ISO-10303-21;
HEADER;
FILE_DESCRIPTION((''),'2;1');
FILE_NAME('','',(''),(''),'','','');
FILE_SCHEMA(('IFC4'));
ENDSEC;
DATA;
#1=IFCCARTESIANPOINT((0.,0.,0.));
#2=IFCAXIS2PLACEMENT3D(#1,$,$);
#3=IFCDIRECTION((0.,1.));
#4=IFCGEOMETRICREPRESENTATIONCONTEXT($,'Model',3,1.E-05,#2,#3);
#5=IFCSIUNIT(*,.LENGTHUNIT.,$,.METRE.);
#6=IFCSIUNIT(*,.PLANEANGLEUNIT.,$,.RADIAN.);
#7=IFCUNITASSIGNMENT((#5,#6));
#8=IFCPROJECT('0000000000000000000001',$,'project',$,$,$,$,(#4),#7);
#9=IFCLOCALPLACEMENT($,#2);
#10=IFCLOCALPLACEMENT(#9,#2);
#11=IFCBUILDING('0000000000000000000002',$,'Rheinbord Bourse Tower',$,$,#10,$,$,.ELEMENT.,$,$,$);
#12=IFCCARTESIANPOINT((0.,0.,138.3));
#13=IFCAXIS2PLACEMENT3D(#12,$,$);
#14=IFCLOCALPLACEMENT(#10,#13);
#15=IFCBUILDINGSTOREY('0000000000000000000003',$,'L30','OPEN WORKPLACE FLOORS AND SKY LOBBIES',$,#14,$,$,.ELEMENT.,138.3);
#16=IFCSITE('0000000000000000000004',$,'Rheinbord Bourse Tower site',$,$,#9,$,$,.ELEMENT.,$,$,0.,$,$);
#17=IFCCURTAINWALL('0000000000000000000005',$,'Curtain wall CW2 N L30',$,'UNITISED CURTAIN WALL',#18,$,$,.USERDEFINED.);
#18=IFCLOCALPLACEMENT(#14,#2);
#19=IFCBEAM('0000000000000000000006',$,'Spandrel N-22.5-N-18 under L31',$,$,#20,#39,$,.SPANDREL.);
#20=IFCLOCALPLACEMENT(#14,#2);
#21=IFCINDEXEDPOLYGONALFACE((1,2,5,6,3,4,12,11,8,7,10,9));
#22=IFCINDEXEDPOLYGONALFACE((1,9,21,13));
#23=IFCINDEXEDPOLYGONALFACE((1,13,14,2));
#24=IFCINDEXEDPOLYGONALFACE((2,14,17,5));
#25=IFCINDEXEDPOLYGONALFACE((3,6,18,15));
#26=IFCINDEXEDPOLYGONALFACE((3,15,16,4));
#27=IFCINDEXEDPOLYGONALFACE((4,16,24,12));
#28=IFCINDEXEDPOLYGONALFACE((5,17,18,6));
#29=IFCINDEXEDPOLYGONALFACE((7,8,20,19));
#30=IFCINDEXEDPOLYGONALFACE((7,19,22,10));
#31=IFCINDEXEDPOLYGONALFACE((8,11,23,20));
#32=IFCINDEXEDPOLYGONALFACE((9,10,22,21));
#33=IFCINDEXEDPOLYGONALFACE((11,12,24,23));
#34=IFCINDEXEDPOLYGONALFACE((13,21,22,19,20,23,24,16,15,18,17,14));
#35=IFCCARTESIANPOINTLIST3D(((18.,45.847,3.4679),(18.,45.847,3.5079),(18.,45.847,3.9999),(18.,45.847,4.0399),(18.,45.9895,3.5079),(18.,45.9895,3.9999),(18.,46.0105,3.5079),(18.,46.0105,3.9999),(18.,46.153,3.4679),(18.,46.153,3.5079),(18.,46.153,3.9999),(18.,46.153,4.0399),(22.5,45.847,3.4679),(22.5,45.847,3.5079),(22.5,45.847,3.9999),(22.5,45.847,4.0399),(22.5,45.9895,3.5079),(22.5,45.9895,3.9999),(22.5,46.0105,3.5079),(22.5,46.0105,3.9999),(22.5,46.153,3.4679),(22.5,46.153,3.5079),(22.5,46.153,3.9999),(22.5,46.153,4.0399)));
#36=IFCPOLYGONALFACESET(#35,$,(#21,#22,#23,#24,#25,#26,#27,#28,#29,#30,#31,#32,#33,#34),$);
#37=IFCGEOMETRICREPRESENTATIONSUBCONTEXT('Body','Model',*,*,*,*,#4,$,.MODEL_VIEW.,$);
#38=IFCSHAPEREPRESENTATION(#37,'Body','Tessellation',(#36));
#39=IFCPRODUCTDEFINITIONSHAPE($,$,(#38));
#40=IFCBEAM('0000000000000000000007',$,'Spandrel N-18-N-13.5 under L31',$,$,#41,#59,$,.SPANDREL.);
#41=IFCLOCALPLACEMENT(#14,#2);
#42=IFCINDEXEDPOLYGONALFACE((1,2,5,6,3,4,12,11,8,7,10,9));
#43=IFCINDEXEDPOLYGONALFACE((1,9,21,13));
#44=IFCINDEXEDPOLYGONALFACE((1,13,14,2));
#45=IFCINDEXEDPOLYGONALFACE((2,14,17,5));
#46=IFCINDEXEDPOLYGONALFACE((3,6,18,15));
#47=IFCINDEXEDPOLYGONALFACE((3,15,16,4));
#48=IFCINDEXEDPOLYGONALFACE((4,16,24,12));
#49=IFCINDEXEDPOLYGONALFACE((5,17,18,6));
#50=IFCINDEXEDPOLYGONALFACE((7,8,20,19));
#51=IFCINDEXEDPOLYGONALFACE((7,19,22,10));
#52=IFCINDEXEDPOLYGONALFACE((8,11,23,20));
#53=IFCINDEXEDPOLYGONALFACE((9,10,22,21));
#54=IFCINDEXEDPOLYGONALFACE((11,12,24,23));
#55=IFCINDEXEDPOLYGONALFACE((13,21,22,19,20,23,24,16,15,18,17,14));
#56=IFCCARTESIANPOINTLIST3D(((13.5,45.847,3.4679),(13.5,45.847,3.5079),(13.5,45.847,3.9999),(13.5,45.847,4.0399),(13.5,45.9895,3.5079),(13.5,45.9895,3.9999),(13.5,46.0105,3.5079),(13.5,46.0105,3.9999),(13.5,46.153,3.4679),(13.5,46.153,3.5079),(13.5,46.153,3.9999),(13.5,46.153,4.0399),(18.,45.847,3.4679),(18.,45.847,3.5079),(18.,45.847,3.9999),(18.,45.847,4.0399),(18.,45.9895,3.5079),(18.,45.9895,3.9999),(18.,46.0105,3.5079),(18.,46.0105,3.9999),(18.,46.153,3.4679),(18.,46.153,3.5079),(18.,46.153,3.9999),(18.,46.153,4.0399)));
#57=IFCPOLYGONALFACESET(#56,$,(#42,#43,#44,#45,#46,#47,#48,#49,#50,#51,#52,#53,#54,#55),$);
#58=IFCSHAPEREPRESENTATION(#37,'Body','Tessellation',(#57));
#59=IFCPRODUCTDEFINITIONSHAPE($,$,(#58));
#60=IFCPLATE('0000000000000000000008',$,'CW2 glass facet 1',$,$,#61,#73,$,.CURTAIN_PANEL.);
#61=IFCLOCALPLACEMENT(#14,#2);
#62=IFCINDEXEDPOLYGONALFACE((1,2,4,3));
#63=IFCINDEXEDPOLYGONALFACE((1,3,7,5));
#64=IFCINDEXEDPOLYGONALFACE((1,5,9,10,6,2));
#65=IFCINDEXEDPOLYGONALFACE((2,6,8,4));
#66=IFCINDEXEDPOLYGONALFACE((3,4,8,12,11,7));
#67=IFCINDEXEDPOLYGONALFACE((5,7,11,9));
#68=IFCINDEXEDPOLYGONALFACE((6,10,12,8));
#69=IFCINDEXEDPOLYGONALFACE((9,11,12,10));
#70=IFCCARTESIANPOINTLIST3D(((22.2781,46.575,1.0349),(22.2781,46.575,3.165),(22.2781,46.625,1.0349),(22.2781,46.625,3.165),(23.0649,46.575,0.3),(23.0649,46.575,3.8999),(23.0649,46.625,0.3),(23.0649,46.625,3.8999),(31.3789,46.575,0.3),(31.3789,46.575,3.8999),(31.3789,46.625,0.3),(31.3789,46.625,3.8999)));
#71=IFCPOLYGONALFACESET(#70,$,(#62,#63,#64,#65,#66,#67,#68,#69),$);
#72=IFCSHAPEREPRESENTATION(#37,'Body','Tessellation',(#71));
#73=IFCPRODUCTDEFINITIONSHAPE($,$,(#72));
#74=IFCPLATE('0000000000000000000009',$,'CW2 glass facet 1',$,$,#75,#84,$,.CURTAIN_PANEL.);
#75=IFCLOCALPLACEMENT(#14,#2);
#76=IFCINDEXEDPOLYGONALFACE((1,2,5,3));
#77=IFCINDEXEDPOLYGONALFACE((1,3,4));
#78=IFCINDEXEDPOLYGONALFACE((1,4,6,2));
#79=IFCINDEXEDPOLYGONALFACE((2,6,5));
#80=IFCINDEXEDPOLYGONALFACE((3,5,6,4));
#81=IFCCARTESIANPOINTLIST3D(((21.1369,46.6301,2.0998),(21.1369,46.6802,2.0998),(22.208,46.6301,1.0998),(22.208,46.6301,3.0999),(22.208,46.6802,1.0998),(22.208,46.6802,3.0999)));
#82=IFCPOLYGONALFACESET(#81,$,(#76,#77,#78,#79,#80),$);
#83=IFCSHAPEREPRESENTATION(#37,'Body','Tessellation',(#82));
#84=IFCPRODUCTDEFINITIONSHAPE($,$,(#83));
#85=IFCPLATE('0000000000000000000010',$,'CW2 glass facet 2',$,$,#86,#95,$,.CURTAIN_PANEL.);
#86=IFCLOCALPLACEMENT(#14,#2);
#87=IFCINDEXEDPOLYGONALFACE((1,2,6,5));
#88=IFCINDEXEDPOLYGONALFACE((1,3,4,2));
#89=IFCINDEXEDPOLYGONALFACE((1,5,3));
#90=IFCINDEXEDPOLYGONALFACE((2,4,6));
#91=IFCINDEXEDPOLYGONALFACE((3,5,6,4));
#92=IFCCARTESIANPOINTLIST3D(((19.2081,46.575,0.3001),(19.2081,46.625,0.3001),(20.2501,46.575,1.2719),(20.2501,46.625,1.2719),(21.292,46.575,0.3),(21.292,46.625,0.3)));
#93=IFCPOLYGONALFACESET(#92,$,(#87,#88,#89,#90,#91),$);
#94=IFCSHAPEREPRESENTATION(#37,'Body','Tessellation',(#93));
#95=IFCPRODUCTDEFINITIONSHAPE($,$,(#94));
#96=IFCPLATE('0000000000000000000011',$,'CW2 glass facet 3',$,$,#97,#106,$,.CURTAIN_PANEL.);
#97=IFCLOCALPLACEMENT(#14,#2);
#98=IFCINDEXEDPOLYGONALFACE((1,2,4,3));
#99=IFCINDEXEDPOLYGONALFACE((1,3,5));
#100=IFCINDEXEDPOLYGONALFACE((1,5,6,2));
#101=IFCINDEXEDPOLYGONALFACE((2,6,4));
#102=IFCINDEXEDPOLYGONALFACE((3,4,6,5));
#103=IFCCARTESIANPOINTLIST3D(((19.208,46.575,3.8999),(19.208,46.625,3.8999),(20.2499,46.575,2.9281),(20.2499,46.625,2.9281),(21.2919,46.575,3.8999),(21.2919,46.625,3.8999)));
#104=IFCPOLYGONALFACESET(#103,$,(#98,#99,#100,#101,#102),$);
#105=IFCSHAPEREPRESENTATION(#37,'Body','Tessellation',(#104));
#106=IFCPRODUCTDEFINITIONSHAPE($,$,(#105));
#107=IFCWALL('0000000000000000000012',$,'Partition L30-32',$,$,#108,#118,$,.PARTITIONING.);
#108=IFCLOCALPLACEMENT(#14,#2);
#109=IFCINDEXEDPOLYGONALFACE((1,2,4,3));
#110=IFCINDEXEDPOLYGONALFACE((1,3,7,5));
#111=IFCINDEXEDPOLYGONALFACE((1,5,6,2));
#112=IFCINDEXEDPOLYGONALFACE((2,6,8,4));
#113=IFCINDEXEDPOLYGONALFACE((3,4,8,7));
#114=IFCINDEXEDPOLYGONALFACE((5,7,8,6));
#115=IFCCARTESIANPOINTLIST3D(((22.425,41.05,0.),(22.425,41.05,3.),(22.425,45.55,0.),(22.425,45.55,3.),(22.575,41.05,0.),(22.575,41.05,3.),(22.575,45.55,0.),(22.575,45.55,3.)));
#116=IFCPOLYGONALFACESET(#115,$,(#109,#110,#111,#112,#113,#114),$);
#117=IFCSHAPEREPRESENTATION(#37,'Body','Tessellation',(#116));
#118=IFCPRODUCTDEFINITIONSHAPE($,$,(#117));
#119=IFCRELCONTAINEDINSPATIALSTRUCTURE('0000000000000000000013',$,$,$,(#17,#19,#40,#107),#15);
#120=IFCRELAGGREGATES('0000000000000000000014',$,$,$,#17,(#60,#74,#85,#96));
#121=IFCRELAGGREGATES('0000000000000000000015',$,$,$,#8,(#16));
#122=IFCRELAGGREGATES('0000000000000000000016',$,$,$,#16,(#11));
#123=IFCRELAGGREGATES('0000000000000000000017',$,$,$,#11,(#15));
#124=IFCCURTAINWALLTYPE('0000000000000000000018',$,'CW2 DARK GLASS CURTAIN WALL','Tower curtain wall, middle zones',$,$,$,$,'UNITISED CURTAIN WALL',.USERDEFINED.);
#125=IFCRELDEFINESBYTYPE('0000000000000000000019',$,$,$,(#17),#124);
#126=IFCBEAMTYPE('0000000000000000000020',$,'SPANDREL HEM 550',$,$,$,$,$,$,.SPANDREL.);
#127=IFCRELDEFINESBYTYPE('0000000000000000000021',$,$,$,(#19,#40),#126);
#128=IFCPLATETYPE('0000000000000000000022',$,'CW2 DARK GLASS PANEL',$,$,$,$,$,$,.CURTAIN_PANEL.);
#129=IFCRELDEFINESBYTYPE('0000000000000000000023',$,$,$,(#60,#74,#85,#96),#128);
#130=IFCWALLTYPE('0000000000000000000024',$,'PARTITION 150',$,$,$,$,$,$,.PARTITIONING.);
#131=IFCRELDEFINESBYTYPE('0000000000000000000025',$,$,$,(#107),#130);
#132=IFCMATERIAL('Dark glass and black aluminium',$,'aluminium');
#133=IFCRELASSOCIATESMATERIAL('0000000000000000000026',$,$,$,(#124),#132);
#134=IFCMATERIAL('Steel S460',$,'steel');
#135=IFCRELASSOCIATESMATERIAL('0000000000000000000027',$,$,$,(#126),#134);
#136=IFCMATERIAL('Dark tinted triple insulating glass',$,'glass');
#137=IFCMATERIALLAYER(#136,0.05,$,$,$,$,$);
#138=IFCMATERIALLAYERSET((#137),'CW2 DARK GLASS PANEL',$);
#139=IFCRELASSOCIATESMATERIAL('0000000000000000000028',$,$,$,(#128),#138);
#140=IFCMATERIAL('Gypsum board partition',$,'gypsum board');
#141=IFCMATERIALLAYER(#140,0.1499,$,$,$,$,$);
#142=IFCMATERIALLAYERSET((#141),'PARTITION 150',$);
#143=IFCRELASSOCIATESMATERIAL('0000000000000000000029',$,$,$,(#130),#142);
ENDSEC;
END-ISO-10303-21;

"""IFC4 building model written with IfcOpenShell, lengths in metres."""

from ifc_helpers import new_model, si_unit, direction, frame, frame_2d, origin, origin_2d, place, context, subcontext, project, spatial, polyline, rectangle, i_section, outline, extrude, material, layer, layer_set, material_profile, profile_set, type_object, element, aggregate, save


model = new_model("IFC4")

# Units and contexts
model_context = context("Model", 3, precision=1e-05, world=origin(), true_north=direction((0.0, 1.0)))
body_context = subcontext(model_context, "Body", "Model", "MODEL_VIEW")
ifc_project = project(units=[si_unit("LENGTHUNIT", "METRE"), si_unit("PLANEANGLEUNIT", "RADIAN")], contexts=[model_context])

# Site, building, storey
site_placement = place(None, origin())
site = spatial("IfcSite", under=ifc_project, at=site_placement, Name="Rheinbord Bourse Tower site", CompositionType="ELEMENT", RefElevation=0.0)
building_placement = place(site_placement, origin())
building = spatial("IfcBuilding", under=site, at=building_placement, Name="Rheinbord Bourse Tower", CompositionType="ELEMENT")
storey_placement = place(building_placement, frame((0.0, 0.0, 138.3)))
storey = spatial("IfcBuildingStorey", under=building, at=storey_placement, Name="L30", Description="OPEN WORKPLACE FLOORS AND SKY LOBBIES", CompositionType="ELEMENT", Elevation=138.3)

# Curtain wall
ifc_material_1 = material(Name="Dark glass and black aluminium", Category="aluminium")
curtain_wall_type = type_object("IfcCurtainWallType", Name="CW2 DARK GLASS CURTAIN WALL", Description="Tower curtain wall, middle zones", ElementType="UNITISED CURTAIN WALL", PredefinedType="USERDEFINED", material=ifc_material_1)
curtain_wall_placement = place(storey_placement, origin())
curtain_wall = element("IfcCurtainWall", 1, at=curtain_wall_placement, inside=storey, type_object=curtain_wall_type, Name="Curtain wall CW2 N L30", ObjectType="UNITISED CURTAIN WALL", PredefinedType="USERDEFINED")

# Beams
ifc_material_2 = material(Name="Steel S460", Category="steel")
ifc_material_profile_1 = material_profile(ifc_material_2, i_section(OverallWidth=0.3059, OverallDepth=0.572, WebThickness=0.021, FlangeThickness=0.04, at=origin_2d()), Name="HEM 550")
ifc_profile_set_1 = profile_set([ifc_material_profile_1], Name="Steel S460")
beam_type_1 = type_object("IfcBeamType", Name="SPANDREL HEM 550", PredefinedType="SPANDREL", material=ifc_profile_set_1)
for number, where, z_axis, x_axis, name in (
    (2, (22.5, 46.0, 3.7539), (-1.0, 0.0, 0.0), (0.0, -1.0, 0.0), "Spandrel N-22.5-N-18 under L31"),
    (3, (18.0, 46.0, 3.7539), (-1.0, 0.0, 0.0), (0.0, -1.0, 0.0), "Spandrel N-18-N-13.5 under L31"),
):
    element("IfcBeam", number, at=place(storey_placement, frame(where, z_axis=z_axis, x_axis=x_axis)), inside=storey, type_object=beam_type_1, Name=name, PredefinedType="SPANDREL", context=body_context, shape_type="SweptSolid", body=[
        extrude(i_section(OverallWidth=0.3059, OverallDepth=0.572, WebThickness=0.021, FlangeThickness=0.04, at=origin_2d()), origin(), (0.0, 0.0, 1.0), 4.5),
    ])

# Plates
ifc_material_3 = material(Name="Dark tinted triple insulating glass", Category="glass")
ifc_layer_1 = layer(ifc_material_3, 0.05)
ifc_layer_set_1 = layer_set([ifc_layer_1], Name="CW2 DARK GLASS PANEL")
plate_type = type_object("IfcPlateType", Name="CW2 DARK GLASS PANEL", PredefinedType="CURTAIN_PANEL", material=ifc_layer_set_1)
plate_1_placement = place(storey_placement, frame((31.3789, 46.625, 0.3), z_axis=(0.0, -1.0, 0.0), x_axis=(0.0, 0.0, 1.0)))
plate_1 = element("IfcPlate", 4, at=plate_1_placement, type_object=plate_type, Name="CW2 glass facet 1", PredefinedType="CURTAIN_PANEL", context=body_context, shape_type="SweptSolid", body=[
    extrude(outline(polyline([(0.0, 0.0), (3.5999, 0.0), (3.5999, 8.314), (2.865, 9.1008), (0.7349, 9.1008), (0.0, 8.314), (0.0, 0.0)])), origin(), (0.0, 0.0, 1.0), 0.05),
])
plate_2_placement = place(storey_placement, frame((22.208, 46.6802, 3.0999), z_axis=(0.0, -1.0, 0.0), x_axis=(-0.730933, 0.0, -0.682449)))
plate_2 = element("IfcPlate", 5, at=plate_2_placement, type_object=plate_type, Name="CW2 glass facet 1", PredefinedType="CURTAIN_PANEL", context=body_context, shape_type="SweptSolid", body=[
    extrude(outline(polyline([(0.0, 0.0), (1.4653, 0.0), (1.365, 1.4619), (0.0, 0.0)])), origin(), (0.0, 0.0, 1.0), 0.05),
])
plate_3_placement = place(storey_placement, frame((21.292, 46.625, 0.3), z_axis=(0.0, -1.0, 0.0), x_axis=(-0.731266, 0.0, 0.682092)))
plate_3 = element("IfcPlate", 6, at=plate_3_placement, type_object=plate_type, Name="CW2 glass facet 2", PredefinedType="CURTAIN_PANEL", context=body_context, shape_type="SweptSolid", body=[
    extrude(outline(polyline([(0.0, 0.0), (1.4248, 0.0), (1.5239, 1.4214), (0.0, 0.0)])), origin(), (0.0, 0.0, 1.0), 0.05),
])
plate_4_placement = place(storey_placement, frame((19.208, 46.625, 3.8999), z_axis=(0.0, -1.0, 0.0), x_axis=(0.731266, 0.0, -0.682092)))
plate_4 = element("IfcPlate", 7, at=plate_4_placement, type_object=plate_type, Name="CW2 glass facet 3", PredefinedType="CURTAIN_PANEL", context=body_context, shape_type="SweptSolid", body=[
    extrude(outline(polyline([(0.0, 0.0), (1.4248, 0.0), (1.5239, 1.4214), (0.0, 0.0)])), origin(), (0.0, 0.0, 1.0), 0.05),
])
aggregate(curtain_wall, [plate_1, plate_2, plate_3, plate_4])

# Wall
ifc_material_4 = material(Name="Gypsum board partition", Category="gypsum board")
ifc_layer_2 = layer(ifc_material_4, 0.1499)
ifc_layer_set_2 = layer_set([ifc_layer_2], Name="PARTITION 150")
wall_type = type_object("IfcWallType", Name="PARTITION 150", PredefinedType="PARTITIONING", material=ifc_layer_set_2)
wall_placement = place(storey_placement, frame((22.5, 41.05, 0.0), z_axis=(0.0, 0.0, 1.0), x_axis=(0.0, 1.0, 0.0)))
element("IfcWall", 8, at=wall_placement, inside=storey, type_object=wall_type, Name="Partition L30-32", PredefinedType="PARTITIONING", context=body_context, shape_type="SweptSolid", body=[
    extrude(rectangle(XDim=4.5, YDim=0.1499, at=frame_2d((2.25, 0.0))), origin(), (0.0, 0.0, 1.0), 3.0),
])

save(model, "model.ifc")
